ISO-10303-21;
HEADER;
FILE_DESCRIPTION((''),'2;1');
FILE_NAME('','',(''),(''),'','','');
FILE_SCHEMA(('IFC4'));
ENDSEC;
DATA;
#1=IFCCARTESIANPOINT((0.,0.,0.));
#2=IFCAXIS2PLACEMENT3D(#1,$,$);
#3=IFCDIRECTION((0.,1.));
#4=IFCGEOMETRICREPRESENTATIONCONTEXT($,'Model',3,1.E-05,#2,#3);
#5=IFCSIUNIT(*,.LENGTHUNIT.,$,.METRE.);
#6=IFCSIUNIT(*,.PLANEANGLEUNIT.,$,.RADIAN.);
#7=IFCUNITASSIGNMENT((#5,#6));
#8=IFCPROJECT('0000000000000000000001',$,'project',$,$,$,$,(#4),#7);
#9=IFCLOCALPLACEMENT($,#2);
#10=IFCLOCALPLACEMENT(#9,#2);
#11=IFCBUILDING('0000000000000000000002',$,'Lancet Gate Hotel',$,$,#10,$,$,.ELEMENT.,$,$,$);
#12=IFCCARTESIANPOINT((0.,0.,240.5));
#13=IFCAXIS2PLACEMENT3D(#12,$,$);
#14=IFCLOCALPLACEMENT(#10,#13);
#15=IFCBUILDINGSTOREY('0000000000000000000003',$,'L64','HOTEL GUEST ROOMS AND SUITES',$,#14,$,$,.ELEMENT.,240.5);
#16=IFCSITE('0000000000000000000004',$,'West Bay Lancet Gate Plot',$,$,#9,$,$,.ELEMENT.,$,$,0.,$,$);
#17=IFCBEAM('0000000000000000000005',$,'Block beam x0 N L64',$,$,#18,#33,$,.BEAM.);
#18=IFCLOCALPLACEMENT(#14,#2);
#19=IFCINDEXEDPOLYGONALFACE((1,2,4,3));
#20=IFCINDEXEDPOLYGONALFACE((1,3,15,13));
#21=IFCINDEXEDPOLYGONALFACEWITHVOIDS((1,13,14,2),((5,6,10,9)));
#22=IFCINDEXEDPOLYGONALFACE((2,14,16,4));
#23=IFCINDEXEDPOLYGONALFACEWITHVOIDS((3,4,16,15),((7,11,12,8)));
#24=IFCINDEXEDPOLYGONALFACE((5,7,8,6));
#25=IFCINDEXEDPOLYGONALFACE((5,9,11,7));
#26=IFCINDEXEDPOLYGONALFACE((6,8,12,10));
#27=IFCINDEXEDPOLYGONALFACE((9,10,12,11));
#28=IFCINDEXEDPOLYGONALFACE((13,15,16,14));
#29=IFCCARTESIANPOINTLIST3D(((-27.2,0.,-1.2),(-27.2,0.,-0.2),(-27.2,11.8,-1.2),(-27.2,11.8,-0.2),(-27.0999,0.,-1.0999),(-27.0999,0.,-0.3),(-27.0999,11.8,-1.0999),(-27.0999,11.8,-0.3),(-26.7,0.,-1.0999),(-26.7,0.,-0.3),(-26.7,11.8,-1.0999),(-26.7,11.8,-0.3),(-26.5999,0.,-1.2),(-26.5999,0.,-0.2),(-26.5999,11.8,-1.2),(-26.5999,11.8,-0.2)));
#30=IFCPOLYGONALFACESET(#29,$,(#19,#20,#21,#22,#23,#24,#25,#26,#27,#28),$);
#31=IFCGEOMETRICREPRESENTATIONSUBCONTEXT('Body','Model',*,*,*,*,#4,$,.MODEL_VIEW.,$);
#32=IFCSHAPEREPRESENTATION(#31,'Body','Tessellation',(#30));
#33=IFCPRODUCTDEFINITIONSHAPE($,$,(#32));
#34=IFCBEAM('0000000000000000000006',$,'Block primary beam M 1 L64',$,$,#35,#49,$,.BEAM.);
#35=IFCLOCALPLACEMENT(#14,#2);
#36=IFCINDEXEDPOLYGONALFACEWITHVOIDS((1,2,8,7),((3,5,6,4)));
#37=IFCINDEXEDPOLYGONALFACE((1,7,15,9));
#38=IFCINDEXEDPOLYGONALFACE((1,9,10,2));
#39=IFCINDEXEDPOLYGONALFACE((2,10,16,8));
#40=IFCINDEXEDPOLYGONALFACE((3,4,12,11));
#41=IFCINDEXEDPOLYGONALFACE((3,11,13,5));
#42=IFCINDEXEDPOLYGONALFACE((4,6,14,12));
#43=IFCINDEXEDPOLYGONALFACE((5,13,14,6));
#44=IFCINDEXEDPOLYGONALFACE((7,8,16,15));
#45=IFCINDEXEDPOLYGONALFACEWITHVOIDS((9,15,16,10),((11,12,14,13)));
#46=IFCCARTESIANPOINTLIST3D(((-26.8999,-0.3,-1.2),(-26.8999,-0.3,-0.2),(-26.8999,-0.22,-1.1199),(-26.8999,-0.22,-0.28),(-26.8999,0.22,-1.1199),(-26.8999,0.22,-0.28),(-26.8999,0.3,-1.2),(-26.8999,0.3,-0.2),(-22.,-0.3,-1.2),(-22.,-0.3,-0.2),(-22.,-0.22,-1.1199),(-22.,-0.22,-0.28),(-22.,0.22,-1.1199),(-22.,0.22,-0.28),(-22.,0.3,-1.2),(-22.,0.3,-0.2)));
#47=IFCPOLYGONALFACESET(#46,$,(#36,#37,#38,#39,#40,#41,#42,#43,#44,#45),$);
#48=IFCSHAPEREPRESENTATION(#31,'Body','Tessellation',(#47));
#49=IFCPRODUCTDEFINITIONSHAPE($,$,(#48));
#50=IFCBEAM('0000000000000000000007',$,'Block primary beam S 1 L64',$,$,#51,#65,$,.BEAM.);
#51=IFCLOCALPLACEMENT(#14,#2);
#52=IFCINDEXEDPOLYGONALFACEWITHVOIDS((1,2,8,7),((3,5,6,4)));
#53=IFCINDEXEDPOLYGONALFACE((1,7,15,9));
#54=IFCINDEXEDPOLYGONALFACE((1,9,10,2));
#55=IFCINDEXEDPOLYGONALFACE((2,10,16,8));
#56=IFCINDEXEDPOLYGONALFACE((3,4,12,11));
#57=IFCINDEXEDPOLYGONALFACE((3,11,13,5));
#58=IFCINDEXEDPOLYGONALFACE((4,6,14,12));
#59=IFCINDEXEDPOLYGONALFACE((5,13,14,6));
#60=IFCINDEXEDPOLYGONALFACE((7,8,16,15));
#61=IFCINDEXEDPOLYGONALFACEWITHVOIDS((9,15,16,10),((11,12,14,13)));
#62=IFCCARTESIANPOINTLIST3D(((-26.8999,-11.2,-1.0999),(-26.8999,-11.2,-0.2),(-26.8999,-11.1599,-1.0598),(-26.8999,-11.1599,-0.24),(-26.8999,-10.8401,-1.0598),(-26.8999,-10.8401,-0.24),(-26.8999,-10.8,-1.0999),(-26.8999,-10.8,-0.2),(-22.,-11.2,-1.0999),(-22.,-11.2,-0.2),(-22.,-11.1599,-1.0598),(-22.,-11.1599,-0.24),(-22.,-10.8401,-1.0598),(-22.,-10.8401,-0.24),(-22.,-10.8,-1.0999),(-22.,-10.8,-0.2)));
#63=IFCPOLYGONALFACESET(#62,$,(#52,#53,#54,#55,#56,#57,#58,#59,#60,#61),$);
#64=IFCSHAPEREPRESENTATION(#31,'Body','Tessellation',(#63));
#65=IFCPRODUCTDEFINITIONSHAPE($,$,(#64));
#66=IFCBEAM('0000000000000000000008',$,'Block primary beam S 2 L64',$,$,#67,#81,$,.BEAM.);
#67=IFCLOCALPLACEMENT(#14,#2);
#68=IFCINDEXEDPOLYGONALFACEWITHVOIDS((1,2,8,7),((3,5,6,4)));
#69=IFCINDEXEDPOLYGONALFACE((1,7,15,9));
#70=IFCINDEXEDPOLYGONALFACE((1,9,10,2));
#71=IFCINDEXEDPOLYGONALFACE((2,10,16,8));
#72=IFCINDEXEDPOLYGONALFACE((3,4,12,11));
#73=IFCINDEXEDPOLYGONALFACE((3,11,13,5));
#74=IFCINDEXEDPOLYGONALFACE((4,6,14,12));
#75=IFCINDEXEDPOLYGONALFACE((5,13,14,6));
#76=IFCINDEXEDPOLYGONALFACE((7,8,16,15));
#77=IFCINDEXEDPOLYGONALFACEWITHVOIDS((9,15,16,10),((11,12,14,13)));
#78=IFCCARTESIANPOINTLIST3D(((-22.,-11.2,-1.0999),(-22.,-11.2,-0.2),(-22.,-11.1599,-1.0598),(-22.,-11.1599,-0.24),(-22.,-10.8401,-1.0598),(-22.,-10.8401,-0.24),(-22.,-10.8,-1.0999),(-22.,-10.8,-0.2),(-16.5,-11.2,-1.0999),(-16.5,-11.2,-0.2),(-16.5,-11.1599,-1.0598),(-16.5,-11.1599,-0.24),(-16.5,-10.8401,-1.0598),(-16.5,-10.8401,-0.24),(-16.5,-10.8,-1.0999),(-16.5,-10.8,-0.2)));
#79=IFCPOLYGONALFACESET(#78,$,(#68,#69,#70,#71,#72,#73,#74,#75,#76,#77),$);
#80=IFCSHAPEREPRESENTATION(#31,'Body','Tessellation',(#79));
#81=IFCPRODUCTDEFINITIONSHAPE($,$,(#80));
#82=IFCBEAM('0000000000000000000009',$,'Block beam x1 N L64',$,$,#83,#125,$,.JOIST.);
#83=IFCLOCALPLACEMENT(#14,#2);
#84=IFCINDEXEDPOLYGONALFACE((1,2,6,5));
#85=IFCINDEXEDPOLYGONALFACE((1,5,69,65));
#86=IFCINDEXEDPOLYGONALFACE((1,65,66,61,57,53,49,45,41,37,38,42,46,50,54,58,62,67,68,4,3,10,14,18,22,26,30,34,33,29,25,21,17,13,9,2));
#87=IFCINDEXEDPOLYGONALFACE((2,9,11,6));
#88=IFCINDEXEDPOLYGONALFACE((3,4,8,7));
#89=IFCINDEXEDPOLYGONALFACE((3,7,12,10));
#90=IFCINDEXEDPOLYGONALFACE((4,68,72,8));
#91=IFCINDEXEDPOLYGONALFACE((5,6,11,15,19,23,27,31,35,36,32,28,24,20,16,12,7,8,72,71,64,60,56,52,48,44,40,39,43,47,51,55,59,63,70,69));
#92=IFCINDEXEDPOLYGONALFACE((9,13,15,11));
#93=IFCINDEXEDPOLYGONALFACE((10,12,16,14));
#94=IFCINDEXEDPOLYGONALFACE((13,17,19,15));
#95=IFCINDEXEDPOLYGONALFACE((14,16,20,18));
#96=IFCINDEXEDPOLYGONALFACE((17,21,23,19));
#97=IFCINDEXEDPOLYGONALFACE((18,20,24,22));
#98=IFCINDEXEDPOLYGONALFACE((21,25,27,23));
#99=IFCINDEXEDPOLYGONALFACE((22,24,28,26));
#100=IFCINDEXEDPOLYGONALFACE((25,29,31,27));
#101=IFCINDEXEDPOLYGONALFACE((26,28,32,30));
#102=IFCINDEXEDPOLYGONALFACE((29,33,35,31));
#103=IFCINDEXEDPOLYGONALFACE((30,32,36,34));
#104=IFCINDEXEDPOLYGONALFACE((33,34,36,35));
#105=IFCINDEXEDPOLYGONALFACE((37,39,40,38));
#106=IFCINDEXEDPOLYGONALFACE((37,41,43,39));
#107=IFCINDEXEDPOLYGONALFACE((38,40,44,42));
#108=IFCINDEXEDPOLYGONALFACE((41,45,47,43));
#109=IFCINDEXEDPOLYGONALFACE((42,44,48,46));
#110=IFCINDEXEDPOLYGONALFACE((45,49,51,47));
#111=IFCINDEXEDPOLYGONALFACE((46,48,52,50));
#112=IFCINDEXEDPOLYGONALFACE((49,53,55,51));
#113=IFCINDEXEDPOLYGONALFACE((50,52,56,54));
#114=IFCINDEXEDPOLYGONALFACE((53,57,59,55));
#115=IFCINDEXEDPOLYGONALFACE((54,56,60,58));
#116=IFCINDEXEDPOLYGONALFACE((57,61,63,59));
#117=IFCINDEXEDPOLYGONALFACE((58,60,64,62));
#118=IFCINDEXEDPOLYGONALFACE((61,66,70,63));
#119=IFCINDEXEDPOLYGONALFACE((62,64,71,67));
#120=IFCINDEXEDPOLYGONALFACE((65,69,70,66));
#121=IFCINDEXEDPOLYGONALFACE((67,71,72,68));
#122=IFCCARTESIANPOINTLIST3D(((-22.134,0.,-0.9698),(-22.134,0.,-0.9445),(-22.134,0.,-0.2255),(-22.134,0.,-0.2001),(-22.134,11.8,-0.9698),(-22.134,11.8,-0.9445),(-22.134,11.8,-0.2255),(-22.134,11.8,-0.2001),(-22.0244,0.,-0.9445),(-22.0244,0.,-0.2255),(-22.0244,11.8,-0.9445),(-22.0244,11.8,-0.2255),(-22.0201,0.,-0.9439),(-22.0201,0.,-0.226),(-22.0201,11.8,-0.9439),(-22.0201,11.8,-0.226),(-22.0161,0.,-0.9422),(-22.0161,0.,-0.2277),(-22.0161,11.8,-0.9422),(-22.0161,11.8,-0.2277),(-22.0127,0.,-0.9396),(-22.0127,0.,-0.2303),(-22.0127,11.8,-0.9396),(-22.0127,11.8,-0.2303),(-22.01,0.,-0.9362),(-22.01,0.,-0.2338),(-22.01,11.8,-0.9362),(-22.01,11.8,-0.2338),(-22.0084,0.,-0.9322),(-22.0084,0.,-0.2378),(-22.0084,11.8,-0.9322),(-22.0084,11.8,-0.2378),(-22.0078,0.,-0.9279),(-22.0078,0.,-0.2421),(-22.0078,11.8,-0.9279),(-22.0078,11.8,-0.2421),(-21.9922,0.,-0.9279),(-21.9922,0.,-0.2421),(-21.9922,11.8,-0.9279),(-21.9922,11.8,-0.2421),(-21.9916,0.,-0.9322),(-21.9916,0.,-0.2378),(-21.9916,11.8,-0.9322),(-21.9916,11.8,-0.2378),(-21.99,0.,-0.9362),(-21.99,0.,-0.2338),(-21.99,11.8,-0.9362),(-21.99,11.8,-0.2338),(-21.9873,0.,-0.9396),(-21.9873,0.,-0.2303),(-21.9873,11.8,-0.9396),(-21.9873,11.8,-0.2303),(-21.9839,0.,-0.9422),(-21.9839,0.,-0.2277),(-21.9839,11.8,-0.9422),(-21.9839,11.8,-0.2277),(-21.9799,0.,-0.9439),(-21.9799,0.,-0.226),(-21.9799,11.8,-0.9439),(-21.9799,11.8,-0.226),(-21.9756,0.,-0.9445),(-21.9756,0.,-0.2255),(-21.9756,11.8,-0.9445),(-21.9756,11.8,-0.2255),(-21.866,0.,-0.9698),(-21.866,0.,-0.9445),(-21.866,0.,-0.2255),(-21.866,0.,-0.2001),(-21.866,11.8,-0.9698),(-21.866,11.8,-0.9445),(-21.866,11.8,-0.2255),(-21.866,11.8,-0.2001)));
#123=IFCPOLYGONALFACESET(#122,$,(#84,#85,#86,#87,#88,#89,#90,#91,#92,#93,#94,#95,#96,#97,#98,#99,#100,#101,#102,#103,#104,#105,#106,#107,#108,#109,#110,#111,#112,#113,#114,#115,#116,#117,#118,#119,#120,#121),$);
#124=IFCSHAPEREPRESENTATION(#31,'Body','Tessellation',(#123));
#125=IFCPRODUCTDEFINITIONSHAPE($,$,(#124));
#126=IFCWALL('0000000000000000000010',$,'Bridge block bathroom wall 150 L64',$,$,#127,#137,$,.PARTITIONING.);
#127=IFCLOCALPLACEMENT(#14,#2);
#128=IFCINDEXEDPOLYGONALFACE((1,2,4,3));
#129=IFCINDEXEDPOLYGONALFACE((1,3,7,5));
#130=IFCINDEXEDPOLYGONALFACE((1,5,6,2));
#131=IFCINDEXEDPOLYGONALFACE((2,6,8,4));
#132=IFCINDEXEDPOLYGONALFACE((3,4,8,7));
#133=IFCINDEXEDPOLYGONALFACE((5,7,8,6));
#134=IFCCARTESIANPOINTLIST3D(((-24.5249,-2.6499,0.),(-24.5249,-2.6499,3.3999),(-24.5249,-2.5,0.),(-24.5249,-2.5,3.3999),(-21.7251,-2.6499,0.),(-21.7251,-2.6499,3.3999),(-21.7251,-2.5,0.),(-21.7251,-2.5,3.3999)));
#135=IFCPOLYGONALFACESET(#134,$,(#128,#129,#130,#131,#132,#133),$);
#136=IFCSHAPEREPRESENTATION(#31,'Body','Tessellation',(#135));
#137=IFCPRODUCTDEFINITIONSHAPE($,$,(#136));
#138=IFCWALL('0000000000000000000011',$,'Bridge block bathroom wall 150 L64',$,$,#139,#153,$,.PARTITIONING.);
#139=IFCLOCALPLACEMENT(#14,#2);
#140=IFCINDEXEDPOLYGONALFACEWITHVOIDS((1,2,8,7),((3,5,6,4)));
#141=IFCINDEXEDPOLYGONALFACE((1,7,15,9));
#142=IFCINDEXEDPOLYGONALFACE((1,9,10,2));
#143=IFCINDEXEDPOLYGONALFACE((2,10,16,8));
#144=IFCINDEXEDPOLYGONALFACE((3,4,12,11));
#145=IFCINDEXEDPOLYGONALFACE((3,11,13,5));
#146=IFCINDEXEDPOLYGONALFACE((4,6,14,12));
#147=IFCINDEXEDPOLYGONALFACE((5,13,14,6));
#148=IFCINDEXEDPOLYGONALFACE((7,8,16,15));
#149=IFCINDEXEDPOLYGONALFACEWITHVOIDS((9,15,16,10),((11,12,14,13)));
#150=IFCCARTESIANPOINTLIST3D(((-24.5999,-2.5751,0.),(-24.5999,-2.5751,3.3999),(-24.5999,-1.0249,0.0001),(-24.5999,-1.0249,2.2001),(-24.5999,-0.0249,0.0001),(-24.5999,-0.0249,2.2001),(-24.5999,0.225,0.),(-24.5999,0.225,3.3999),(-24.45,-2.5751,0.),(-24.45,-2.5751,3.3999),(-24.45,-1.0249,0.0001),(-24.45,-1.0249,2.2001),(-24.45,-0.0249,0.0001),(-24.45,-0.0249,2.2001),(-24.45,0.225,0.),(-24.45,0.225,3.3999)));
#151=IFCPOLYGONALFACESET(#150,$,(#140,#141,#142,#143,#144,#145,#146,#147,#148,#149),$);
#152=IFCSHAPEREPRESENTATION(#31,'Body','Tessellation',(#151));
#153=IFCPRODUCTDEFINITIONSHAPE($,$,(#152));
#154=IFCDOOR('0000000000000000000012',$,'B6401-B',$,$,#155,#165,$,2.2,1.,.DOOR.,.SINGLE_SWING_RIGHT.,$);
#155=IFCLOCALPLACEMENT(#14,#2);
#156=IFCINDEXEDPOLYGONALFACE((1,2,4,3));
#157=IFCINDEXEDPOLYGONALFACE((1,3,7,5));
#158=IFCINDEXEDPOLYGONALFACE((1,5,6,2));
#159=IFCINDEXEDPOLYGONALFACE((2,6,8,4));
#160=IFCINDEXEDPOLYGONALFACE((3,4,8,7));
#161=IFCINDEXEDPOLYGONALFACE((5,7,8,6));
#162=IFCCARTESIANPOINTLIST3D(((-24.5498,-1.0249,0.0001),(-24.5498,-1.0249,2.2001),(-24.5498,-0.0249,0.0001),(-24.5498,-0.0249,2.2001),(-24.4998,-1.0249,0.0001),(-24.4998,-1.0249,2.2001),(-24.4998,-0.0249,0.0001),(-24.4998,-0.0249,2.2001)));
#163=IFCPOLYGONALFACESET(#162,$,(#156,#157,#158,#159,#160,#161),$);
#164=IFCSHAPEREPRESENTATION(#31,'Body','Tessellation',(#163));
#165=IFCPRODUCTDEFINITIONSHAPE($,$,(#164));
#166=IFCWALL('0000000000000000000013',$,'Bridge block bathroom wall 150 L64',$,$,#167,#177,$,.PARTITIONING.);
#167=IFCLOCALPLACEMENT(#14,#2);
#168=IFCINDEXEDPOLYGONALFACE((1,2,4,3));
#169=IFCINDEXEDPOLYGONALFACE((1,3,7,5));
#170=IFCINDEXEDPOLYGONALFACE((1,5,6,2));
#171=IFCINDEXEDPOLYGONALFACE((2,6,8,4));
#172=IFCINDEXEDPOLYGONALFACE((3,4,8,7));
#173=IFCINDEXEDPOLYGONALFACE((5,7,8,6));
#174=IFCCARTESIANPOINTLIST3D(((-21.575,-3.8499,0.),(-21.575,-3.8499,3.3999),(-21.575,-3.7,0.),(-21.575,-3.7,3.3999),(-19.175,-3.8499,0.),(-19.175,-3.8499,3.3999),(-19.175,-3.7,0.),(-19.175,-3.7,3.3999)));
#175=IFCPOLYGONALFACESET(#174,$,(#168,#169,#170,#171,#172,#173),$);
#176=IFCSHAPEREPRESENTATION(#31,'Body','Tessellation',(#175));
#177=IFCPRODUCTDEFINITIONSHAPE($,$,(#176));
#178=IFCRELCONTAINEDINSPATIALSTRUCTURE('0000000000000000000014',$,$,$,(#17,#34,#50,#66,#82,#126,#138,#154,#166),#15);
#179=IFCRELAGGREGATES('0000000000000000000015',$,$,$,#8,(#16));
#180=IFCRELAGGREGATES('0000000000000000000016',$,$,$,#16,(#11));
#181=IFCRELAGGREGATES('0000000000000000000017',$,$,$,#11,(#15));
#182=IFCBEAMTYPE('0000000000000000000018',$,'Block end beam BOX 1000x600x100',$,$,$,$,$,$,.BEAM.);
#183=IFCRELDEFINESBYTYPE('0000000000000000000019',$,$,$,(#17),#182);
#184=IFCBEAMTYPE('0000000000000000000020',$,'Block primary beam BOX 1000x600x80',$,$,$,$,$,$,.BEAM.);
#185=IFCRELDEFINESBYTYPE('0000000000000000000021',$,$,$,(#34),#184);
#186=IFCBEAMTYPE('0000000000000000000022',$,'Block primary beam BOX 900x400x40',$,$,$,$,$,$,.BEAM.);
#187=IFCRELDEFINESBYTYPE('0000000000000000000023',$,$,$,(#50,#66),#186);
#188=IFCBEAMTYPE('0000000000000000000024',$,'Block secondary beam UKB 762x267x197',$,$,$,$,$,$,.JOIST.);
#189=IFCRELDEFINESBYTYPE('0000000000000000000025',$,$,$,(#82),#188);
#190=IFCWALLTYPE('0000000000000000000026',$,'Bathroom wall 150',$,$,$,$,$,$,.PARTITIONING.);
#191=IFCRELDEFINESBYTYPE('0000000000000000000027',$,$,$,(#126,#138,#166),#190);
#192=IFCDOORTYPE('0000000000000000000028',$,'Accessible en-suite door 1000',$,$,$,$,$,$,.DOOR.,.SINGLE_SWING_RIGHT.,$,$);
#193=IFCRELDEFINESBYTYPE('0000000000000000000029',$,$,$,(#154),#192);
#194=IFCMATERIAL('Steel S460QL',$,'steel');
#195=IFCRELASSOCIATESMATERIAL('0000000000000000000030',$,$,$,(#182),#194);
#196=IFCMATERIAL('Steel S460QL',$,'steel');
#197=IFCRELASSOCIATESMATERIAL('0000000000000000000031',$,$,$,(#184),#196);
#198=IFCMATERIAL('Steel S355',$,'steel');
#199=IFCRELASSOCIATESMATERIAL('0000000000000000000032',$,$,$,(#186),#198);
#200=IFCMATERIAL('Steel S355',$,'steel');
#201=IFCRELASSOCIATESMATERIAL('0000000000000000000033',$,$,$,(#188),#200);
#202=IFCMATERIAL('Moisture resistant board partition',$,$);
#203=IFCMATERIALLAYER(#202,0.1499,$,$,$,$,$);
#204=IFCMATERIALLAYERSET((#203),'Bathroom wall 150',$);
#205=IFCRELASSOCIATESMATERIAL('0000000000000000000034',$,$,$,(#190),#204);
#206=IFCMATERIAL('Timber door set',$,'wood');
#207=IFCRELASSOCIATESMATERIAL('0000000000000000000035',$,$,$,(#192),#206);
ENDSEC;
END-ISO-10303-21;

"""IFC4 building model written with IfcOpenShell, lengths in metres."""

from ifc_helpers import new_model, si_unit, direction, frame, frame_2d, origin, origin_2d, place, context, subcontext, project, spatial, rectangle, hollow_rectangle, i_section, extrude, material, layer, layer_set, material_profile, profile_set, type_object, element, fill, save


model = new_model("IFC4")

# Units and contexts
model_context = context("Model", 3, precision=1e-05, world=origin(), true_north=direction((0.0, 1.0)))
body_context = subcontext(model_context, "Body", "Model", "MODEL_VIEW")
ifc_project = project(units=[si_unit("LENGTHUNIT", "METRE"), si_unit("PLANEANGLEUNIT", "RADIAN")], contexts=[model_context])

# Site, building, storey
site_placement = place(None, origin())
site = spatial("IfcSite", under=ifc_project, at=site_placement, Name="West Bay Lancet Gate Plot", CompositionType="ELEMENT", RefElevation=0.0)
building_placement = place(site_placement, origin())
building = spatial("IfcBuilding", under=site, at=building_placement, Name="Lancet Gate Hotel", CompositionType="ELEMENT")
storey_placement = place(building_placement, frame((0.0, 0.0, 240.5)))
storey = spatial("IfcBuildingStorey", under=building, at=storey_placement, Name="L64", Description="HOTEL GUEST ROOMS AND SUITES", CompositionType="ELEMENT", Elevation=240.5)

# Beams
ifc_material_1 = material(Name="Steel S460QL", Category="steel")
ifc_material_profile_1 = material_profile(ifc_material_1, hollow_rectangle(XDim=0.6001, YDim=1.0, WallThickness=0.1001, at=origin_2d()), Name="BOX 1000x600x100")
ifc_profile_set_1 = profile_set([ifc_material_profile_1], Name="Steel S460QL")
beam_type_1 = type_object("IfcBeamType", Name="Block end beam BOX 1000x600x100", PredefinedType="BEAM", material=ifc_profile_set_1)
beam_1_placement = place(storey_placement, frame((-26.8999, 0.0, -0.7), z_axis=(0.0, 1.0, 0.0), x_axis=(-1.0, 0.0, 0.0)))
element("IfcBeam", 1, at=beam_1_placement, inside=storey, type_object=beam_type_1, Name="Block beam x0 N L64", PredefinedType="BEAM", context=body_context, shape_type="SweptSolid", body=[
    extrude(hollow_rectangle(XDim=0.6001, YDim=1.0, WallThickness=0.1001, at=origin_2d()), origin(), (0.0, 0.0, 1.0), 11.8),
])
ifc_material_2 = material(Name="Steel S460QL", Category="steel")
ifc_material_profile_2 = material_profile(ifc_material_2, hollow_rectangle(XDim=0.6001, YDim=1.0, WallThickness=0.0801, at=origin_2d()), Name="BOX 1000x600x80")
ifc_profile_set_2 = profile_set([ifc_material_profile_2], Name="Steel S460QL")
beam_type_2 = type_object("IfcBeamType", Name="Block primary beam BOX 1000x600x80", PredefinedType="BEAM", material=ifc_profile_set_2)
beam_2_placement = place(storey_placement, frame((-26.8999, 0.0, -0.7), z_axis=(1.0, 0.0, 0.0), x_axis=(0.0, 1.0, 0.0)))
element("IfcBeam", 2, at=beam_2_placement, inside=storey, type_object=beam_type_2, Name="Block primary beam M 1 L64", PredefinedType="BEAM", context=body_context, shape_type="SweptSolid", body=[
    extrude(hollow_rectangle(XDim=0.6001, YDim=1.0, WallThickness=0.0801, at=origin_2d()), origin(), (0.0, 0.0, 1.0), 4.8999),
])
ifc_material_3 = material(Name="Steel S355", Category="steel")
ifc_material_profile_3 = material_profile(ifc_material_3, hollow_rectangle(XDim=0.3999, YDim=0.8999, WallThickness=0.04, at=origin_2d()), Name="BOX 900x400x40")
ifc_profile_set_3 = profile_set([ifc_material_profile_3], Name="Steel S355")
beam_type_3 = type_object("IfcBeamType", Name="Block primary beam BOX 900x400x40", PredefinedType="BEAM", material=ifc_profile_set_3)
beam_3_placement = place(storey_placement, frame((-26.8999, -11.0, -0.6499), z_axis=(1.0, 0.0, 0.0), x_axis=(0.0, 1.0, 0.0)))
element("IfcBeam", 3, at=beam_3_placement, inside=storey, type_object=beam_type_3, Name="Block primary beam S 1 L64", PredefinedType="BEAM", context=body_context, shape_type="SweptSolid", body=[
    extrude(hollow_rectangle(XDim=0.3999, YDim=0.8999, WallThickness=0.04, at=origin_2d()), origin(), (0.0, 0.0, 1.0), 4.8999),
])
beam_4_placement = place(storey_placement, frame((-22.0, -11.0, -0.6499), z_axis=(1.0, 0.0, 0.0), x_axis=(0.0, 1.0, 0.0)))
element("IfcBeam", 4, at=beam_4_placement, inside=storey, type_object=beam_type_3, Name="Block primary beam S 2 L64", PredefinedType="BEAM", context=body_context, shape_type="SweptSolid", body=[
    extrude(hollow_rectangle(XDim=0.3999, YDim=0.8999, WallThickness=0.04, at=origin_2d()), origin(), (0.0, 0.0, 1.0), 5.5),
])
ifc_material_4 = material(Name="Steel S355", Category="steel")
ifc_material_profile_4 = material_profile(ifc_material_4, i_section(OverallWidth=0.2681, OverallDepth=0.7698, WebThickness=0.0156, FlangeThickness=0.0254, FilletRadius=0.0166, at=origin_2d()), Name="UKB 762x267x197")
ifc_profile_set_4 = profile_set([ifc_material_profile_4], Name="Steel S355")
beam_type_4 = type_object("IfcBeamType", Name="Block secondary beam UKB 762x267x197", PredefinedType="JOIST", material=ifc_profile_set_4)
beam_5_placement = place(storey_placement, frame((-22.0, 0.0, -0.585), z_axis=(0.0, 1.0, 0.0), x_axis=(-1.0, 0.0, 0.0)))
element("IfcBeam", 5, at=beam_5_placement, inside=storey, type_object=beam_type_4, Name="Block beam x1 N L64", PredefinedType="JOIST", context=body_context, shape_type="SweptSolid", body=[
    extrude(i_section(OverallWidth=0.2681, OverallDepth=0.7698, WebThickness=0.0156, FlangeThickness=0.0254, FilletRadius=0.0166, at=origin_2d()), origin(), (0.0, 0.0, 1.0), 11.8),
])

# Wall
ifc_material_5 = material(Name="Moisture resistant board partition")
ifc_layer_1 = layer(ifc_material_5, 0.1499)
ifc_layer_set_1 = layer_set([ifc_layer_1], Name="Bathroom wall 150")
wall_type_1 = type_object("IfcWallType", Name="Bathroom wall 150", PredefinedType="PARTITIONING", material=ifc_layer_set_1)
wall_1_placement = place(storey_placement, frame((-24.5249, -2.575, 0.0), z_axis=(0.0, 0.0, 1.0), x_axis=(1.0, 0.0, 0.0)))
element("IfcWall", 6, at=wall_1_placement, inside=storey, type_object=wall_type_1, Name="Bridge block bathroom wall 150 L64", PredefinedType="PARTITIONING", context=body_context, shape_type="SweptSolid", body=[
    extrude(rectangle(XDim=2.7998, YDim=0.1499, at=frame_2d((1.3999, 0.0))), origin(), (0.0, 0.0, 1.0), 3.3999),
])

# Wall, opening, door
wall_2_placement = place(storey_placement, frame((-24.5249, -2.575, 0.0), z_axis=(0.0, 0.0, 1.0), x_axis=(0.0, 1.0, 0.0)))
wall_2 = element("IfcWall", 7, at=wall_2_placement, inside=storey, type_object=wall_type_1, Name="Bridge block bathroom wall 150 L64", PredefinedType="PARTITIONING", context=body_context, shape_type="SweptSolid", body=[
    extrude(rectangle(XDim=2.8, YDim=0.1499, at=frame_2d((1.3999, 0.0))), origin(), (0.0, 0.0, 1.0), 3.3999),
])
opening_1_placement = place(wall_2_placement, frame((1.55, 0.0, 0.0)))
opening_1 = element("IfcOpeningElement", 8, at=opening_1_placement, cuts=wall_2, PredefinedType="OPENING", context=body_context, shape_type="SweptSolid", body=[
    extrude(rectangle(XDim=1.0, YDim=2.2, at=frame_2d((0.5, 1.1001))), frame((0.0, 0.085, 0.0), z_axis=(0.0, -1.0, 0.0), x_axis=(1.0, 0.0, 0.0)), (0.0, 0.0, 1.0), 0.1699),
])
ifc_material_6 = material(Name="Timber door set", Category="wood")
door_type_1 = type_object("IfcDoorType", Name="Accessible en-suite door 1000", OperationType="SINGLE_SWING_RIGHT", PredefinedType="DOOR", material=ifc_material_6)
door_1_placement = place(opening_1_placement, origin())
door_1 = element("IfcDoor", 9, at=door_1_placement, inside=storey, type_object=door_type_1, Name="B6401-B", OperationType="SINGLE_SWING_RIGHT", OverallHeight=2.2, OverallWidth=1.0, PredefinedType="DOOR", context=body_context, shape_type="SweptSolid", body=[
    extrude(rectangle(XDim=1.0, YDim=2.2, at=frame_2d((0.5, 1.1001))), frame((0.0, 0.0249, 0.0), z_axis=(0.0, -1.0, 0.0), x_axis=(1.0, 0.0, 0.0)), (0.0, 0.0, 1.0), 0.05),
])
fill(opening_1, door_1)

# Wall
for number, where, z_axis, x_axis, name in (
    (10, (-21.575, -3.7749, 0.0), (0.0, 0.0, 1.0), (1.0, 0.0, 0.0), "Bridge block bathroom wall 150 L64"),
):
    element("IfcWall", number, at=place(storey_placement, frame(where, z_axis=z_axis, x_axis=x_axis)), inside=storey, type_object=wall_type_1, Name=name, PredefinedType="PARTITIONING", context=body_context, shape_type="SweptSolid", body=[
        extrude(rectangle(XDim=2.3999, YDim=0.1499, at=frame_2d((1.2, 0.0))), origin(), (0.0, 0.0, 1.0), 3.3999),
    ])

save(model, "model.ifc")
